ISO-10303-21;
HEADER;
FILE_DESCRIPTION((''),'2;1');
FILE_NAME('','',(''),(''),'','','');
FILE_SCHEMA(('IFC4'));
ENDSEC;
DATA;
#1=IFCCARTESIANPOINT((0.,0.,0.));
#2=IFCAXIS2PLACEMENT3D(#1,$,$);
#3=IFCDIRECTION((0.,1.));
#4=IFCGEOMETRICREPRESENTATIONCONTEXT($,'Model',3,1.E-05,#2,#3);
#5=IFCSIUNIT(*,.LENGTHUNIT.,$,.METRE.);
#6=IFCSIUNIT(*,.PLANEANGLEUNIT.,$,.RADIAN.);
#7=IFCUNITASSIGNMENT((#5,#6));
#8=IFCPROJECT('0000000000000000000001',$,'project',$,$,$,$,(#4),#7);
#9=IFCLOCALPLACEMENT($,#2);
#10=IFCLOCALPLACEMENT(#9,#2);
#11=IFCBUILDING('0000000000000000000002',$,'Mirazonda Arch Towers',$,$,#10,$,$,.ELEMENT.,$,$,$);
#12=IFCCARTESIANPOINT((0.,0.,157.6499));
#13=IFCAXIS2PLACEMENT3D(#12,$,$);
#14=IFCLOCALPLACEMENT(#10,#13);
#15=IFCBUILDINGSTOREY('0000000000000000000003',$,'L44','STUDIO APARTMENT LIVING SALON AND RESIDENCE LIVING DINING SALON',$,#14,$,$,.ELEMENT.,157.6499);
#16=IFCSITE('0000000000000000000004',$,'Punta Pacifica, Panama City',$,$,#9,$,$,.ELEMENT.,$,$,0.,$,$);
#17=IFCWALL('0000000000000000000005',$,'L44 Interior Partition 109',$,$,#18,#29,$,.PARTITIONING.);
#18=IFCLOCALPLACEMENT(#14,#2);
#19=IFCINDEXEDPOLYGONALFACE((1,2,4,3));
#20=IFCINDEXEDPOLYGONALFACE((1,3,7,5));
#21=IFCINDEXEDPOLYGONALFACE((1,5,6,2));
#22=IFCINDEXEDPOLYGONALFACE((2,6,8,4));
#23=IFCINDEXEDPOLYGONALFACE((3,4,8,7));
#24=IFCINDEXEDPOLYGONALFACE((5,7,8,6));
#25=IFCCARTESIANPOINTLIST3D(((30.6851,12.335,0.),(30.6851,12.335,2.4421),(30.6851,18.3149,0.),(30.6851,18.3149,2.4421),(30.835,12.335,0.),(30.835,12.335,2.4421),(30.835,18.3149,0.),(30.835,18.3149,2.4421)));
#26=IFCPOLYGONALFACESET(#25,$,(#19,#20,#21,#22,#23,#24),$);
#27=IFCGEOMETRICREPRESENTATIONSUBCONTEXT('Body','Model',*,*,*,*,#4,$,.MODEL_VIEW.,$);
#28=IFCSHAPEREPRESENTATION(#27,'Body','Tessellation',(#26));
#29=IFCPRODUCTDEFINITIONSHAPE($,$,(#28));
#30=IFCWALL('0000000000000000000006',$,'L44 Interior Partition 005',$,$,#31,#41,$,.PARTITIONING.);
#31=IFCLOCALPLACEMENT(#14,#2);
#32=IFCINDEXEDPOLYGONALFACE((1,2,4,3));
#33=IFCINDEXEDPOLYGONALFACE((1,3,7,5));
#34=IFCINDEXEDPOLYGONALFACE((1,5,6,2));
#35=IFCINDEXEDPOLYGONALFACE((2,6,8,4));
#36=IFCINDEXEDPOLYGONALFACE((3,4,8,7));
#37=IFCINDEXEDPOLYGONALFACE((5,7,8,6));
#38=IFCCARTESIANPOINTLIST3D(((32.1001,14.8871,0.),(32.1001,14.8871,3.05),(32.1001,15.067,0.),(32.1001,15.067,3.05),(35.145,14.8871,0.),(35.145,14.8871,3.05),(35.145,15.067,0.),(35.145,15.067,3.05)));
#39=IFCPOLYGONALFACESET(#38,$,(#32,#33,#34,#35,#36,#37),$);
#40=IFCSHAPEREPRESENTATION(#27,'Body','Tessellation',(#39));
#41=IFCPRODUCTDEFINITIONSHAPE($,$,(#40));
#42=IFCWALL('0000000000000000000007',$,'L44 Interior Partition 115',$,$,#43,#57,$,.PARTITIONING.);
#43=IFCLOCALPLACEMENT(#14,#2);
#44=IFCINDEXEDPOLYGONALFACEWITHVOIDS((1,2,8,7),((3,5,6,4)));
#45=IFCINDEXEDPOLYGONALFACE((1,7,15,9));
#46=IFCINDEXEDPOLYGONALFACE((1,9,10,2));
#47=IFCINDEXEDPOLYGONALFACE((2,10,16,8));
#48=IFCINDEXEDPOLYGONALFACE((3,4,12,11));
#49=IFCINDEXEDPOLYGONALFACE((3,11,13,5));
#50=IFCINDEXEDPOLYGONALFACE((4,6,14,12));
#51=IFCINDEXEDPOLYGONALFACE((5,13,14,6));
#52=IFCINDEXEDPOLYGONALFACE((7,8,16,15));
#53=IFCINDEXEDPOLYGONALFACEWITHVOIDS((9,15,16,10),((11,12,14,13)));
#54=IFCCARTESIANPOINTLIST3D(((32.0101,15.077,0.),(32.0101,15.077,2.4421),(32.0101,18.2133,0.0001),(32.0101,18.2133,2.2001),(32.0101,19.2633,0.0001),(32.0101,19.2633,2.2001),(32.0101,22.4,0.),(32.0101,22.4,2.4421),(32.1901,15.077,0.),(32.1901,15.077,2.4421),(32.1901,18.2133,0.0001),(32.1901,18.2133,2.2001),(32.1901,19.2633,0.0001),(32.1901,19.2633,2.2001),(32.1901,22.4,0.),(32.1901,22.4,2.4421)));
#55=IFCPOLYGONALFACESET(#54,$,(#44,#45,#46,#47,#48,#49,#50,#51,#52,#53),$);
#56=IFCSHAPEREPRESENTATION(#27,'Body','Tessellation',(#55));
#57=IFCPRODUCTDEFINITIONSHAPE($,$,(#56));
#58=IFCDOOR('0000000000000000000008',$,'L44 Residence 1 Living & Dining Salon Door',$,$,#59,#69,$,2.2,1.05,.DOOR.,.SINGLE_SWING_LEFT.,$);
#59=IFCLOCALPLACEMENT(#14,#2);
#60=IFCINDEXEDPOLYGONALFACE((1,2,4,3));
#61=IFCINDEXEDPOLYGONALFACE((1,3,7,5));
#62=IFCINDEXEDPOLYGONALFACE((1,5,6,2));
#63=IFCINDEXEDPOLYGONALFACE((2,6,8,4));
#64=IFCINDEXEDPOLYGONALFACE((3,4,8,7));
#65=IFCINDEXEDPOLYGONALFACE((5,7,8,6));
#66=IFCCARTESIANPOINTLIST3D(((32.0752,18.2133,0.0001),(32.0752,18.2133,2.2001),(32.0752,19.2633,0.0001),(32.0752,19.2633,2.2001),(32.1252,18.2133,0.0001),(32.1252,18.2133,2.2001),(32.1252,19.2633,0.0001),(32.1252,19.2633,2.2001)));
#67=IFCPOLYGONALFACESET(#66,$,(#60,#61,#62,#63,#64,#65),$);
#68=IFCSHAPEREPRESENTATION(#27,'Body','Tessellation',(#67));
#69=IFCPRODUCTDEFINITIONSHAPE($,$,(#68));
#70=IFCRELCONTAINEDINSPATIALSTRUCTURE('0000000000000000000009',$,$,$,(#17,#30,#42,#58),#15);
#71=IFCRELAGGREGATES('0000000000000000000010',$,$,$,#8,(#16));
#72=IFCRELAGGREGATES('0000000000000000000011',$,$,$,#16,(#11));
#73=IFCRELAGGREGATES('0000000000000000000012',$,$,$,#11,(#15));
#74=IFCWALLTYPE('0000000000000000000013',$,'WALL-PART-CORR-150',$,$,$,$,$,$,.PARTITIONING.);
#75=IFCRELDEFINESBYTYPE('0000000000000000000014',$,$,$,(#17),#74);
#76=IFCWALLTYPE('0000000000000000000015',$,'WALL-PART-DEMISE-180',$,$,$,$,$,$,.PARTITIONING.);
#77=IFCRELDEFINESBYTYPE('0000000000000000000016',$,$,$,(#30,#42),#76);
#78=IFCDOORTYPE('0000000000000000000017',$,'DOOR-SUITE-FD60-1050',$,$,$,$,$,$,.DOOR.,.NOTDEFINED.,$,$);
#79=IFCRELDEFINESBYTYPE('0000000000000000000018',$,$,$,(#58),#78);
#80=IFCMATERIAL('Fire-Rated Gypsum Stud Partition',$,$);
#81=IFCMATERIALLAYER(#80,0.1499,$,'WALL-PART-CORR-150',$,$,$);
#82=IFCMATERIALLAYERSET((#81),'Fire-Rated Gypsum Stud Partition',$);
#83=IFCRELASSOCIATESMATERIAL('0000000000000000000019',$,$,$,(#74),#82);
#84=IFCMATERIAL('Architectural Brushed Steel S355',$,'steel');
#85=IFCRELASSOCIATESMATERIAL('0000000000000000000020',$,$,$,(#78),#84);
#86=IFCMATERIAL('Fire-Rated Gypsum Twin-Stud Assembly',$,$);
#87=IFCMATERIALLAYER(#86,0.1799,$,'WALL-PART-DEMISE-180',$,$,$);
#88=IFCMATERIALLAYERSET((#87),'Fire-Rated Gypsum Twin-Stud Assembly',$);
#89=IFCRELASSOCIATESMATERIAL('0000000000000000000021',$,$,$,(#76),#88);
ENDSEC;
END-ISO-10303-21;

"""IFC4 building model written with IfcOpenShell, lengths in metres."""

from ifc_helpers import new_model, si_unit, direction, frame, frame_2d, origin, place, context, subcontext, project, spatial, rectangle, extrude, material, layer, layer_set, type_object, element, fill, save


model = new_model("IFC4")

# Units and contexts
model_context = context("Model", 3, precision=1e-05, world=origin(), true_north=direction((0.0, 1.0)))
body_context = subcontext(model_context, "Body", "Model", "MODEL_VIEW")
ifc_project = project(units=[si_unit("LENGTHUNIT", "METRE"), si_unit("PLANEANGLEUNIT", "RADIAN")], contexts=[model_context])

# Site, building, storey
site_placement = place(None, origin())
site = spatial("IfcSite", under=ifc_project, at=site_placement, Name="Punta Pacifica, Panama City", CompositionType="ELEMENT", RefElevation=0.0)
building_placement = place(site_placement, origin())
building = spatial("IfcBuilding", under=site, at=building_placement, Name="Mirazonda Arch Towers", CompositionType="ELEMENT")
storey_placement = place(building_placement, frame((0.0, 0.0, 157.6499)))
storey = spatial("IfcBuildingStorey", under=building, at=storey_placement, Name="L44", Description="STUDIO APARTMENT LIVING SALON AND RESIDENCE LIVING DINING SALON", CompositionType="ELEMENT", Elevation=157.6499)

# Shared definitions
ifc_material_1 = material(Name="Fire-Rated Gypsum Stud Partition")
ifc_layer_1 = layer(ifc_material_1, 0.1499, Name="WALL-PART-CORR-150")
ifc_layer_set_1 = layer_set([ifc_layer_1], Name="Fire-Rated Gypsum Stud Partition")
wall_type_1 = type_object("IfcWallType", Name="WALL-PART-CORR-150", PredefinedType="PARTITIONING", material=ifc_layer_set_1)

# Shared definitions
ifc_material_2 = material(Name="Architectural Brushed Steel S355", Category="steel")
door_type_1 = type_object("IfcDoorType", Name="DOOR-SUITE-FD60-1050", OperationType="NOTDEFINED", PredefinedType="DOOR", material=ifc_material_2)

# Walls
wall_1_placement = place(storey_placement, frame((30.76, 12.335, 0.0), z_axis=(0.0, 0.0, 1.0), x_axis=(0.0, 1.0, 0.0)))
element("IfcWall", 1, at=wall_1_placement, inside=storey, type_object=wall_type_1, Name="L44 Interior Partition 109", PredefinedType="PARTITIONING", context=body_context, shape_type="SweptSolid", body=[
    extrude(rectangle(XDim=5.98, YDim=0.1499, at=frame_2d((2.99, 0.0))), origin(), (0.0, 0.0, 1.0), 2.4421),
])
ifc_material_3 = material(Name="Fire-Rated Gypsum Twin-Stud Assembly")
ifc_layer_2 = layer(ifc_material_3, 0.1799, Name="WALL-PART-DEMISE-180")
ifc_layer_set_2 = layer_set([ifc_layer_2], Name="Fire-Rated Gypsum Twin-Stud Assembly")
wall_type_2 = type_object("IfcWallType", Name="WALL-PART-DEMISE-180", PredefinedType="PARTITIONING", material=ifc_layer_set_2)
wall_2_placement = place(storey_placement, frame((32.1001, 14.9771, 0.0), z_axis=(0.0, 0.0, 1.0), x_axis=(1.0, 0.0, 0.0)))
element("IfcWall", 2, at=wall_2_placement, inside=storey, type_object=wall_type_2, Name="L44 Interior Partition 005", PredefinedType="PARTITIONING", context=body_context, shape_type="SweptSolid", body=[
    extrude(rectangle(XDim=3.0449, YDim=0.1799, at=frame_2d((1.5225, 0.0))), origin(), (0.0, 0.0, 1.0), 3.05),
])

# Wall, opening, door
wall_3_placement = place(storey_placement, frame((32.1001, 15.0769, 0.0), z_axis=(0.0, 0.0, 1.0), x_axis=(0.0, 1.0, 0.0)))
wall_3 = element("IfcWall", 3, at=wall_3_placement, inside=storey, type_object=wall_type_2, Name="L44 Interior Partition 115", PredefinedType="PARTITIONING", context=body_context, shape_type="SweptSolid", body=[
    extrude(rectangle(XDim=7.323, YDim=0.1799, at=frame_2d((3.6616, 0.0))), origin(), (0.0, 0.0, 1.0), 2.4421),
])
opening_1_placement = place(wall_3_placement, frame((3.1365, 0.0, 0.0)))
opening_1 = element("IfcOpeningElement", 4, at=opening_1_placement, cuts=wall_3, PredefinedType="OPENING", context=body_context, shape_type="SweptSolid", body=[
    extrude(rectangle(XDim=1.05, YDim=2.2, at=frame_2d((0.5249, 1.1001))), frame((0.0, 0.0999, 0.0), z_axis=(0.0, -1.0, 0.0), x_axis=(1.0, 0.0, 0.0)), (0.0, 0.0, 1.0), 0.2),
])
door_1_placement = place(opening_1_placement, origin())
door_1 = element("IfcDoor", 5, at=door_1_placement, inside=storey, type_object=door_type_1, Name="L44 Residence 1 Living & Dining Salon Door", OperationType="SINGLE_SWING_LEFT", OverallHeight=2.2, OverallWidth=1.05, PredefinedType="DOOR", context=body_context, shape_type="SweptSolid", body=[
    extrude(rectangle(XDim=1.05, YDim=2.2, at=frame_2d((0.5249, 1.1001))), frame((0.0, 0.0249, 0.0), z_axis=(0.0, -1.0, 0.0), x_axis=(1.0, 0.0, 0.0)), (0.0, 0.0, 1.0), 0.05),
])
fill(opening_1, door_1)

save(model, "model.ifc")
